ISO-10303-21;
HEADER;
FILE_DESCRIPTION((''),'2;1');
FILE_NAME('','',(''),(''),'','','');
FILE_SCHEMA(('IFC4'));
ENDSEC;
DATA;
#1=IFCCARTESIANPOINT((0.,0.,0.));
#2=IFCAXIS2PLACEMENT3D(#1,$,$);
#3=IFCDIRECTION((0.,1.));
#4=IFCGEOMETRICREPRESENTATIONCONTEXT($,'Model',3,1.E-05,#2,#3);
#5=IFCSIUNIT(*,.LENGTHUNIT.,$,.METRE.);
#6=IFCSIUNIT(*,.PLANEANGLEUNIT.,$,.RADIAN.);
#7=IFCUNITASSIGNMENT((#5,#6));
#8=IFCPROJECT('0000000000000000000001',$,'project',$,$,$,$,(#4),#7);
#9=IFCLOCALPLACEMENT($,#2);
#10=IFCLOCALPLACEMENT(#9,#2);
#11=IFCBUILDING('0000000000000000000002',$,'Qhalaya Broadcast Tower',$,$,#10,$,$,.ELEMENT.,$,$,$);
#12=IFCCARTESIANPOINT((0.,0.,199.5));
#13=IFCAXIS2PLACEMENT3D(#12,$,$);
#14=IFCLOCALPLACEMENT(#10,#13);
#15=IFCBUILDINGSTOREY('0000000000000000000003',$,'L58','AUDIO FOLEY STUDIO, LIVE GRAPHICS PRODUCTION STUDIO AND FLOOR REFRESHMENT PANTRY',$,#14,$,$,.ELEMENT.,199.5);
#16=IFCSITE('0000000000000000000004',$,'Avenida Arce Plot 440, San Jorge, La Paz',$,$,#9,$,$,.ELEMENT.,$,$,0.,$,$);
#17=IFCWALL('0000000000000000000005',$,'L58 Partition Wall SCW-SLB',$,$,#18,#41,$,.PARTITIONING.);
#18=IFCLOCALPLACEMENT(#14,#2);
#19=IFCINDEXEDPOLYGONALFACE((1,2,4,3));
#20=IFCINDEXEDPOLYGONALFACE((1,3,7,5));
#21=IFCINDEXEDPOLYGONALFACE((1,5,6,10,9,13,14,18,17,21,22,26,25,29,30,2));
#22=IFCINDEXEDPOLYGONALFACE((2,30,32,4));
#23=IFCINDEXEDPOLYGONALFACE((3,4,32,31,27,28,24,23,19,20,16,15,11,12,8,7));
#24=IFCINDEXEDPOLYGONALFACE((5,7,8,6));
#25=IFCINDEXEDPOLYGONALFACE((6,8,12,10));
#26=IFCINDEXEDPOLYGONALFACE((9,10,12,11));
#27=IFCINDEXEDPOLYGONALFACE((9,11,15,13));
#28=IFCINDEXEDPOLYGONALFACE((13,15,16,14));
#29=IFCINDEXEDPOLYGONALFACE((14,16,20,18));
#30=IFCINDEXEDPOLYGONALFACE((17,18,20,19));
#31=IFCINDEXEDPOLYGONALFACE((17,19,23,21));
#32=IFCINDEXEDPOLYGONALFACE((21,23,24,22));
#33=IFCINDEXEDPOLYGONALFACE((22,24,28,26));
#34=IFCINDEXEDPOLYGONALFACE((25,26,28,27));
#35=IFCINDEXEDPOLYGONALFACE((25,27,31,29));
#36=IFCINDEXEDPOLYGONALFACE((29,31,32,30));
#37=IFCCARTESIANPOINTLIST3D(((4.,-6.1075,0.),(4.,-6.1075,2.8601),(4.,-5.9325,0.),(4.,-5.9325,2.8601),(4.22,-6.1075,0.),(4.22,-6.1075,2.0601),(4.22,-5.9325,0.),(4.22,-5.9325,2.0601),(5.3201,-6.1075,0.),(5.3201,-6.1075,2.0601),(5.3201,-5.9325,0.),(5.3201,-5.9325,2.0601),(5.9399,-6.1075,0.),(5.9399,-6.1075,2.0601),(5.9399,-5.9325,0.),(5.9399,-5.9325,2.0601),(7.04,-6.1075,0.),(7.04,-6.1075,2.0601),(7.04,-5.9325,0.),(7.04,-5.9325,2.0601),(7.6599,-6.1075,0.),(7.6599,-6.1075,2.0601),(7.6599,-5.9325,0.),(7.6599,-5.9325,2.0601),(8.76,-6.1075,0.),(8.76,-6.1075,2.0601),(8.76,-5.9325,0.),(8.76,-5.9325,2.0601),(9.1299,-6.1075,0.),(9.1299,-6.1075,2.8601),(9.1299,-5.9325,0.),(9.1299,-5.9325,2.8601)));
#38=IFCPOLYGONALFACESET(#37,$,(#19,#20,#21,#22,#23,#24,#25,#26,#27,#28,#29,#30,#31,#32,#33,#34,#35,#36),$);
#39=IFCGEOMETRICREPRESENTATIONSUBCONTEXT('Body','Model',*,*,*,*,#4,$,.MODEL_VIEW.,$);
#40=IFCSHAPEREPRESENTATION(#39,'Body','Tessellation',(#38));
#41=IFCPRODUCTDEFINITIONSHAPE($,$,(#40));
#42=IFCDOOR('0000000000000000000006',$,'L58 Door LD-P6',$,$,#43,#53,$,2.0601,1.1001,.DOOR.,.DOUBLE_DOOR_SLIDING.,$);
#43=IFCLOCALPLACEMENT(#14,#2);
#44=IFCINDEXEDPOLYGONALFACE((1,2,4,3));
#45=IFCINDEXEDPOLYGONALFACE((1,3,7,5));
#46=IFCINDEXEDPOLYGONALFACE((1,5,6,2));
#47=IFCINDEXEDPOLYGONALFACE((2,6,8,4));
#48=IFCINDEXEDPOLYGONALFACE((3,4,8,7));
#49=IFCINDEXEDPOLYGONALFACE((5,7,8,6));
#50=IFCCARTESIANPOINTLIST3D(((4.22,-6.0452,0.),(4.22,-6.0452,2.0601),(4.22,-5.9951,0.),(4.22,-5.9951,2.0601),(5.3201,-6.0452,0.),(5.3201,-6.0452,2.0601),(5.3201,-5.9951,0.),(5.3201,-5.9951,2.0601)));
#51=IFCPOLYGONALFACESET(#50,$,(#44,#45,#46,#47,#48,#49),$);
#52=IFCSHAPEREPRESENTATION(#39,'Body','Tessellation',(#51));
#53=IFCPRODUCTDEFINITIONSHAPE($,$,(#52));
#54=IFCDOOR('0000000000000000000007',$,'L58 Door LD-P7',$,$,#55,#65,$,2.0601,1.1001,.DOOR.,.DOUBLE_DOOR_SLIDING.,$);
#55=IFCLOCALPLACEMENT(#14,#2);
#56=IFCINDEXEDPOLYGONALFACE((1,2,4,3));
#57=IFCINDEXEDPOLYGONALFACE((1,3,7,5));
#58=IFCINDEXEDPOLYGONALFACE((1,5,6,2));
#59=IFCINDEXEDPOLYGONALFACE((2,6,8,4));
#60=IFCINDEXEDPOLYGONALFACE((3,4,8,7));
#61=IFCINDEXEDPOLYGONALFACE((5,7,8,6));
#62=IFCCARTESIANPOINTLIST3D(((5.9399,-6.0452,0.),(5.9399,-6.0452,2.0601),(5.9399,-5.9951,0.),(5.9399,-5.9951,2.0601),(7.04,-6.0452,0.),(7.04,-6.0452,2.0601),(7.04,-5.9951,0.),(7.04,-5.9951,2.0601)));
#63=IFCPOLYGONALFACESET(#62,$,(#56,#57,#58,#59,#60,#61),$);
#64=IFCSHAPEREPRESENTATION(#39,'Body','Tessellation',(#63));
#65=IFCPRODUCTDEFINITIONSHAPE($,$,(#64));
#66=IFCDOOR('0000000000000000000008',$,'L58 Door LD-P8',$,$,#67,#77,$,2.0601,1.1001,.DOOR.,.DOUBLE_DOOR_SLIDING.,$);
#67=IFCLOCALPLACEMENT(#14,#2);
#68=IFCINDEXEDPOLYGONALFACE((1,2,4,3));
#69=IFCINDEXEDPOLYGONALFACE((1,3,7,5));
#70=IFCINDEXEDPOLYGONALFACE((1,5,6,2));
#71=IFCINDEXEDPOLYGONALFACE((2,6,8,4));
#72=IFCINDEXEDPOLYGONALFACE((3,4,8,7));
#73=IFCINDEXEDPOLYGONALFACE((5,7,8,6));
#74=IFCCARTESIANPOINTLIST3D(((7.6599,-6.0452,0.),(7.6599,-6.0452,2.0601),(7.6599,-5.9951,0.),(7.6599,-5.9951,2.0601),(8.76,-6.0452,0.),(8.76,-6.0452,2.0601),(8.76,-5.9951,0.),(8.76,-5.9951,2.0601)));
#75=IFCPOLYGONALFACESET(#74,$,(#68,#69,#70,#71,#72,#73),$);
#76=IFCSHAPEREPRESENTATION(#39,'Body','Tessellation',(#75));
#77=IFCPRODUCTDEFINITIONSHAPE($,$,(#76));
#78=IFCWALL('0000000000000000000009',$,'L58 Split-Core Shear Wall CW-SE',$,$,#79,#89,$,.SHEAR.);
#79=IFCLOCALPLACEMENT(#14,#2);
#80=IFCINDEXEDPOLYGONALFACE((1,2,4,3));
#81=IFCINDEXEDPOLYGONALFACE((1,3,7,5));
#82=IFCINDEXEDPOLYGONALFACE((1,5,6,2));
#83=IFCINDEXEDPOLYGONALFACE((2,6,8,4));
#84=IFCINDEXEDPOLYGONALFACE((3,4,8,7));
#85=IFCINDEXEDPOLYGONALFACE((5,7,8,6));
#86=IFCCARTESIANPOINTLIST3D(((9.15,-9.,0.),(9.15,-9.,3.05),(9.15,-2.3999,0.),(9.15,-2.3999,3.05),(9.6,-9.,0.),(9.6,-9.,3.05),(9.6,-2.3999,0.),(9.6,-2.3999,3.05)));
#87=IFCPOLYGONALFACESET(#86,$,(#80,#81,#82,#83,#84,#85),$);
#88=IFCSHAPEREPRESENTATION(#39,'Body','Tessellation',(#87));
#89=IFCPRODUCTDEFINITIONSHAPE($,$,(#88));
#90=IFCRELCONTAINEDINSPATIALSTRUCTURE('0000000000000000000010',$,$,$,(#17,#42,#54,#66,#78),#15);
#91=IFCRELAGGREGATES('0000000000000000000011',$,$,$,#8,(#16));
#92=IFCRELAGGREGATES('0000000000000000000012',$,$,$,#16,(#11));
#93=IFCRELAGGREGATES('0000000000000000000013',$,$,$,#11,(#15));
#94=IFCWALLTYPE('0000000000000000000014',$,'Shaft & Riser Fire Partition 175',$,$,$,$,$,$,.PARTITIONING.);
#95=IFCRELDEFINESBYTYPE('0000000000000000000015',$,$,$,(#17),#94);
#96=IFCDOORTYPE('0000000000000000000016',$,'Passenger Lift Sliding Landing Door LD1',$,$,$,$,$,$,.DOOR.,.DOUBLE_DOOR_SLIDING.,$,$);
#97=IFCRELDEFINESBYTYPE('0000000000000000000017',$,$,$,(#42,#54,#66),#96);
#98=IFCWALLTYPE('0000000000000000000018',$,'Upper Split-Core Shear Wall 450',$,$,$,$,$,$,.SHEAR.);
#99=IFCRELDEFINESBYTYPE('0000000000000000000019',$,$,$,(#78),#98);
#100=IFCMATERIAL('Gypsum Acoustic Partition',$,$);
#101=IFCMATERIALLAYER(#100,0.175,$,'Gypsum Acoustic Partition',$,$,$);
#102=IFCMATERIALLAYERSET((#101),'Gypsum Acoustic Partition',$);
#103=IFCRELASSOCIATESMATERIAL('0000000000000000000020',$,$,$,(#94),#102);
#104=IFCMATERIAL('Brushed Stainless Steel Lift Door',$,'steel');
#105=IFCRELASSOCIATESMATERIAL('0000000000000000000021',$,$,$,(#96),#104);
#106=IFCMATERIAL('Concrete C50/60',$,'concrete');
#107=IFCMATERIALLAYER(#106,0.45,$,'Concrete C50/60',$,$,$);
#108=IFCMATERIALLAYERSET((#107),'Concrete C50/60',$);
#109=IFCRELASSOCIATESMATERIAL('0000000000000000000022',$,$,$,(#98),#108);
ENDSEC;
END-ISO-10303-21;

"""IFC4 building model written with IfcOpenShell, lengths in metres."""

from ifc_helpers import new_model, si_unit, direction, frame, frame_2d, origin, place, context, subcontext, project, spatial, rectangle, extrude, material, layer, layer_set, type_object, element, fill, save


model = new_model("IFC4")

# Units and contexts
model_context = context("Model", 3, precision=1e-05, world=origin(), true_north=direction((0.0, 1.0)))
body_context = subcontext(model_context, "Body", "Model", "MODEL_VIEW")
ifc_project = project(units=[si_unit("LENGTHUNIT", "METRE"), si_unit("PLANEANGLEUNIT", "RADIAN")], contexts=[model_context])

# Site, building, storey
site_placement = place(None, origin())
site = spatial("IfcSite", under=ifc_project, at=site_placement, Name="Avenida Arce Plot 440, San Jorge, La Paz", CompositionType="ELEMENT", RefElevation=0.0)
building_placement = place(site_placement, origin())
building = spatial("IfcBuilding", under=site, at=building_placement, Name="Qhalaya Broadcast Tower", CompositionType="ELEMENT")
storey_placement = place(building_placement, frame((0.0, 0.0, 199.5)))
storey = spatial("IfcBuildingStorey", under=building, at=storey_placement, Name="L58", Description="AUDIO FOLEY STUDIO, LIVE GRAPHICS PRODUCTION STUDIO AND FLOOR REFRESHMENT PANTRY", CompositionType="ELEMENT", Elevation=199.5)

# Shared definitions
ifc_material_1 = material(Name="Concrete C50/60", Category="concrete")

# Shared definitions
ifc_material_2 = material(Name="Gypsum Acoustic Partition")

# Wall, openings, doors
ifc_layer_1 = layer(ifc_material_2, 0.175, Name="Gypsum Acoustic Partition")
ifc_layer_set_1 = layer_set([ifc_layer_1], Name="Gypsum Acoustic Partition")
wall_type_1 = type_object("IfcWallType", Name="Shaft & Riser Fire Partition 175", PredefinedType="PARTITIONING", material=ifc_layer_set_1)
wall_1_placement = place(storey_placement, frame((4.0, -6.02, 0.0), z_axis=(0.0, 0.0, 1.0), x_axis=(1.0, 0.0, 0.0)))
wall_1 = element("IfcWall", 1, at=wall_1_placement, inside=storey, type_object=wall_type_1, Name="L58 Partition Wall SCW-SLB", PredefinedType="PARTITIONING", context=body_context, shape_type="SweptSolid", body=[
    extrude(rectangle(XDim=5.1299, YDim=0.175, at=frame_2d((2.5649, 0.0))), origin(), (0.0, 0.0, 1.0), 2.8601),
])
opening_1_placement = place(wall_1_placement, frame((0.22, 0.0, 0.0)))
opening_1 = element("IfcOpeningElement", 2, at=opening_1_placement, cuts=wall_1, PredefinedType="OPENING", context=body_context, shape_type="SweptSolid", body=[
    extrude(rectangle(XDim=1.1001, YDim=2.0601, at=frame_2d((0.55, 1.03))), frame((0.0, 0.0996, 0.0), z_axis=(0.0, -1.0, 0.0), x_axis=(1.0, 0.0, 0.0)), (0.0, 0.0, 1.0), 0.199),
])
opening_2_placement = place(wall_1_placement, frame((1.9399, 0.0, 0.0)))
opening_2 = element("IfcOpeningElement", 3, at=opening_2_placement, cuts=wall_1, PredefinedType="OPENING", context=body_context, shape_type="SweptSolid", body=[
    extrude(rectangle(XDim=1.1001, YDim=2.0601, at=frame_2d((0.55, 1.03))), frame((0.0, 0.0996, 0.0), z_axis=(0.0, -1.0, 0.0), x_axis=(1.0, 0.0, 0.0)), (0.0, 0.0, 1.0), 0.199),
])
opening_3_placement = place(wall_1_placement, frame((3.6599, 0.0, 0.0)))
opening_3 = element("IfcOpeningElement", 4, at=opening_3_placement, cuts=wall_1, PredefinedType="OPENING", context=body_context, shape_type="SweptSolid", body=[
    extrude(rectangle(XDim=1.1001, YDim=2.0601, at=frame_2d((0.55, 1.03))), frame((0.0, 0.0996, 0.0), z_axis=(0.0, -1.0, 0.0), x_axis=(1.0, 0.0, 0.0)), (0.0, 0.0, 1.0), 0.199),
])
ifc_material_3 = material(Name="Brushed Stainless Steel Lift Door", Category="steel")
door_type = type_object("IfcDoorType", Name="Passenger Lift Sliding Landing Door LD1", OperationType="DOUBLE_DOOR_SLIDING", PredefinedType="DOOR", material=ifc_material_3)
door_1_placement = place(opening_1_placement, origin())
door_1 = element("IfcDoor", 5, at=door_1_placement, inside=storey, type_object=door_type, Name="L58 Door LD-P6", OperationType="DOUBLE_DOOR_SLIDING", OverallHeight=2.0601, OverallWidth=1.1001, PredefinedType="DOOR", context=body_context, shape_type="SweptSolid", body=[
    extrude(rectangle(XDim=1.1001, YDim=2.0601, at=frame_2d((0.55, 1.03))), frame((0.0, 0.0249, 0.0), z_axis=(0.0, -1.0, 0.0), x_axis=(1.0, 0.0, 0.0)), (0.0, 0.0, 1.0), 0.05),
])
fill(opening_1, door_1)
door_2_placement = place(opening_2_placement, origin())
door_2 = element("IfcDoor", 6, at=door_2_placement, inside=storey, type_object=door_type, Name="L58 Door LD-P7", OperationType="DOUBLE_DOOR_SLIDING", OverallHeight=2.0601, OverallWidth=1.1001, PredefinedType="DOOR", context=body_context, shape_type="SweptSolid", body=[
    extrude(rectangle(XDim=1.1001, YDim=2.0601, at=frame_2d((0.55, 1.03))), frame((0.0, 0.0249, 0.0), z_axis=(0.0, -1.0, 0.0), x_axis=(1.0, 0.0, 0.0)), (0.0, 0.0, 1.0), 0.05),
])
fill(opening_2, door_2)
door_3_placement = place(opening_3_placement, origin())
door_3 = element("IfcDoor", 7, at=door_3_placement, inside=storey, type_object=door_type, Name="L58 Door LD-P8", OperationType="DOUBLE_DOOR_SLIDING", OverallHeight=2.0601, OverallWidth=1.1001, PredefinedType="DOOR", context=body_context, shape_type="SweptSolid", body=[
    extrude(rectangle(XDim=1.1001, YDim=2.0601, at=frame_2d((0.55, 1.03))), frame((0.0, 0.0249, 0.0), z_axis=(0.0, -1.0, 0.0), x_axis=(1.0, 0.0, 0.0)), (0.0, 0.0, 1.0), 0.05),
])
fill(opening_3, door_3)

# Wall
ifc_layer_2 = layer(ifc_material_1, 0.45, Name="Concrete C50/60")
ifc_layer_set_2 = layer_set([ifc_layer_2], Name="Concrete C50/60")
wall_type_2 = type_object("IfcWallType", Name="Upper Split-Core Shear Wall 450", PredefinedType="SHEAR", material=ifc_layer_set_2)
wall_2_placement = place(storey_placement, frame((9.375, -9.0, 0.0), z_axis=(0.0, 0.0, 1.0), x_axis=(0.0, 1.0, 0.0)))
element("IfcWall", 8, at=wall_2_placement, inside=storey, type_object=wall_type_2, Name="L58 Split-Core Shear Wall CW-SE", PredefinedType="SHEAR", context=body_context, shape_type="SweptSolid", body=[
    extrude(rectangle(XDim=6.6001, YDim=0.45, at=frame_2d((3.3, 0.0))), origin(), (0.0, 0.0, 1.0), 3.05),
])

save(model, "model.ifc")
